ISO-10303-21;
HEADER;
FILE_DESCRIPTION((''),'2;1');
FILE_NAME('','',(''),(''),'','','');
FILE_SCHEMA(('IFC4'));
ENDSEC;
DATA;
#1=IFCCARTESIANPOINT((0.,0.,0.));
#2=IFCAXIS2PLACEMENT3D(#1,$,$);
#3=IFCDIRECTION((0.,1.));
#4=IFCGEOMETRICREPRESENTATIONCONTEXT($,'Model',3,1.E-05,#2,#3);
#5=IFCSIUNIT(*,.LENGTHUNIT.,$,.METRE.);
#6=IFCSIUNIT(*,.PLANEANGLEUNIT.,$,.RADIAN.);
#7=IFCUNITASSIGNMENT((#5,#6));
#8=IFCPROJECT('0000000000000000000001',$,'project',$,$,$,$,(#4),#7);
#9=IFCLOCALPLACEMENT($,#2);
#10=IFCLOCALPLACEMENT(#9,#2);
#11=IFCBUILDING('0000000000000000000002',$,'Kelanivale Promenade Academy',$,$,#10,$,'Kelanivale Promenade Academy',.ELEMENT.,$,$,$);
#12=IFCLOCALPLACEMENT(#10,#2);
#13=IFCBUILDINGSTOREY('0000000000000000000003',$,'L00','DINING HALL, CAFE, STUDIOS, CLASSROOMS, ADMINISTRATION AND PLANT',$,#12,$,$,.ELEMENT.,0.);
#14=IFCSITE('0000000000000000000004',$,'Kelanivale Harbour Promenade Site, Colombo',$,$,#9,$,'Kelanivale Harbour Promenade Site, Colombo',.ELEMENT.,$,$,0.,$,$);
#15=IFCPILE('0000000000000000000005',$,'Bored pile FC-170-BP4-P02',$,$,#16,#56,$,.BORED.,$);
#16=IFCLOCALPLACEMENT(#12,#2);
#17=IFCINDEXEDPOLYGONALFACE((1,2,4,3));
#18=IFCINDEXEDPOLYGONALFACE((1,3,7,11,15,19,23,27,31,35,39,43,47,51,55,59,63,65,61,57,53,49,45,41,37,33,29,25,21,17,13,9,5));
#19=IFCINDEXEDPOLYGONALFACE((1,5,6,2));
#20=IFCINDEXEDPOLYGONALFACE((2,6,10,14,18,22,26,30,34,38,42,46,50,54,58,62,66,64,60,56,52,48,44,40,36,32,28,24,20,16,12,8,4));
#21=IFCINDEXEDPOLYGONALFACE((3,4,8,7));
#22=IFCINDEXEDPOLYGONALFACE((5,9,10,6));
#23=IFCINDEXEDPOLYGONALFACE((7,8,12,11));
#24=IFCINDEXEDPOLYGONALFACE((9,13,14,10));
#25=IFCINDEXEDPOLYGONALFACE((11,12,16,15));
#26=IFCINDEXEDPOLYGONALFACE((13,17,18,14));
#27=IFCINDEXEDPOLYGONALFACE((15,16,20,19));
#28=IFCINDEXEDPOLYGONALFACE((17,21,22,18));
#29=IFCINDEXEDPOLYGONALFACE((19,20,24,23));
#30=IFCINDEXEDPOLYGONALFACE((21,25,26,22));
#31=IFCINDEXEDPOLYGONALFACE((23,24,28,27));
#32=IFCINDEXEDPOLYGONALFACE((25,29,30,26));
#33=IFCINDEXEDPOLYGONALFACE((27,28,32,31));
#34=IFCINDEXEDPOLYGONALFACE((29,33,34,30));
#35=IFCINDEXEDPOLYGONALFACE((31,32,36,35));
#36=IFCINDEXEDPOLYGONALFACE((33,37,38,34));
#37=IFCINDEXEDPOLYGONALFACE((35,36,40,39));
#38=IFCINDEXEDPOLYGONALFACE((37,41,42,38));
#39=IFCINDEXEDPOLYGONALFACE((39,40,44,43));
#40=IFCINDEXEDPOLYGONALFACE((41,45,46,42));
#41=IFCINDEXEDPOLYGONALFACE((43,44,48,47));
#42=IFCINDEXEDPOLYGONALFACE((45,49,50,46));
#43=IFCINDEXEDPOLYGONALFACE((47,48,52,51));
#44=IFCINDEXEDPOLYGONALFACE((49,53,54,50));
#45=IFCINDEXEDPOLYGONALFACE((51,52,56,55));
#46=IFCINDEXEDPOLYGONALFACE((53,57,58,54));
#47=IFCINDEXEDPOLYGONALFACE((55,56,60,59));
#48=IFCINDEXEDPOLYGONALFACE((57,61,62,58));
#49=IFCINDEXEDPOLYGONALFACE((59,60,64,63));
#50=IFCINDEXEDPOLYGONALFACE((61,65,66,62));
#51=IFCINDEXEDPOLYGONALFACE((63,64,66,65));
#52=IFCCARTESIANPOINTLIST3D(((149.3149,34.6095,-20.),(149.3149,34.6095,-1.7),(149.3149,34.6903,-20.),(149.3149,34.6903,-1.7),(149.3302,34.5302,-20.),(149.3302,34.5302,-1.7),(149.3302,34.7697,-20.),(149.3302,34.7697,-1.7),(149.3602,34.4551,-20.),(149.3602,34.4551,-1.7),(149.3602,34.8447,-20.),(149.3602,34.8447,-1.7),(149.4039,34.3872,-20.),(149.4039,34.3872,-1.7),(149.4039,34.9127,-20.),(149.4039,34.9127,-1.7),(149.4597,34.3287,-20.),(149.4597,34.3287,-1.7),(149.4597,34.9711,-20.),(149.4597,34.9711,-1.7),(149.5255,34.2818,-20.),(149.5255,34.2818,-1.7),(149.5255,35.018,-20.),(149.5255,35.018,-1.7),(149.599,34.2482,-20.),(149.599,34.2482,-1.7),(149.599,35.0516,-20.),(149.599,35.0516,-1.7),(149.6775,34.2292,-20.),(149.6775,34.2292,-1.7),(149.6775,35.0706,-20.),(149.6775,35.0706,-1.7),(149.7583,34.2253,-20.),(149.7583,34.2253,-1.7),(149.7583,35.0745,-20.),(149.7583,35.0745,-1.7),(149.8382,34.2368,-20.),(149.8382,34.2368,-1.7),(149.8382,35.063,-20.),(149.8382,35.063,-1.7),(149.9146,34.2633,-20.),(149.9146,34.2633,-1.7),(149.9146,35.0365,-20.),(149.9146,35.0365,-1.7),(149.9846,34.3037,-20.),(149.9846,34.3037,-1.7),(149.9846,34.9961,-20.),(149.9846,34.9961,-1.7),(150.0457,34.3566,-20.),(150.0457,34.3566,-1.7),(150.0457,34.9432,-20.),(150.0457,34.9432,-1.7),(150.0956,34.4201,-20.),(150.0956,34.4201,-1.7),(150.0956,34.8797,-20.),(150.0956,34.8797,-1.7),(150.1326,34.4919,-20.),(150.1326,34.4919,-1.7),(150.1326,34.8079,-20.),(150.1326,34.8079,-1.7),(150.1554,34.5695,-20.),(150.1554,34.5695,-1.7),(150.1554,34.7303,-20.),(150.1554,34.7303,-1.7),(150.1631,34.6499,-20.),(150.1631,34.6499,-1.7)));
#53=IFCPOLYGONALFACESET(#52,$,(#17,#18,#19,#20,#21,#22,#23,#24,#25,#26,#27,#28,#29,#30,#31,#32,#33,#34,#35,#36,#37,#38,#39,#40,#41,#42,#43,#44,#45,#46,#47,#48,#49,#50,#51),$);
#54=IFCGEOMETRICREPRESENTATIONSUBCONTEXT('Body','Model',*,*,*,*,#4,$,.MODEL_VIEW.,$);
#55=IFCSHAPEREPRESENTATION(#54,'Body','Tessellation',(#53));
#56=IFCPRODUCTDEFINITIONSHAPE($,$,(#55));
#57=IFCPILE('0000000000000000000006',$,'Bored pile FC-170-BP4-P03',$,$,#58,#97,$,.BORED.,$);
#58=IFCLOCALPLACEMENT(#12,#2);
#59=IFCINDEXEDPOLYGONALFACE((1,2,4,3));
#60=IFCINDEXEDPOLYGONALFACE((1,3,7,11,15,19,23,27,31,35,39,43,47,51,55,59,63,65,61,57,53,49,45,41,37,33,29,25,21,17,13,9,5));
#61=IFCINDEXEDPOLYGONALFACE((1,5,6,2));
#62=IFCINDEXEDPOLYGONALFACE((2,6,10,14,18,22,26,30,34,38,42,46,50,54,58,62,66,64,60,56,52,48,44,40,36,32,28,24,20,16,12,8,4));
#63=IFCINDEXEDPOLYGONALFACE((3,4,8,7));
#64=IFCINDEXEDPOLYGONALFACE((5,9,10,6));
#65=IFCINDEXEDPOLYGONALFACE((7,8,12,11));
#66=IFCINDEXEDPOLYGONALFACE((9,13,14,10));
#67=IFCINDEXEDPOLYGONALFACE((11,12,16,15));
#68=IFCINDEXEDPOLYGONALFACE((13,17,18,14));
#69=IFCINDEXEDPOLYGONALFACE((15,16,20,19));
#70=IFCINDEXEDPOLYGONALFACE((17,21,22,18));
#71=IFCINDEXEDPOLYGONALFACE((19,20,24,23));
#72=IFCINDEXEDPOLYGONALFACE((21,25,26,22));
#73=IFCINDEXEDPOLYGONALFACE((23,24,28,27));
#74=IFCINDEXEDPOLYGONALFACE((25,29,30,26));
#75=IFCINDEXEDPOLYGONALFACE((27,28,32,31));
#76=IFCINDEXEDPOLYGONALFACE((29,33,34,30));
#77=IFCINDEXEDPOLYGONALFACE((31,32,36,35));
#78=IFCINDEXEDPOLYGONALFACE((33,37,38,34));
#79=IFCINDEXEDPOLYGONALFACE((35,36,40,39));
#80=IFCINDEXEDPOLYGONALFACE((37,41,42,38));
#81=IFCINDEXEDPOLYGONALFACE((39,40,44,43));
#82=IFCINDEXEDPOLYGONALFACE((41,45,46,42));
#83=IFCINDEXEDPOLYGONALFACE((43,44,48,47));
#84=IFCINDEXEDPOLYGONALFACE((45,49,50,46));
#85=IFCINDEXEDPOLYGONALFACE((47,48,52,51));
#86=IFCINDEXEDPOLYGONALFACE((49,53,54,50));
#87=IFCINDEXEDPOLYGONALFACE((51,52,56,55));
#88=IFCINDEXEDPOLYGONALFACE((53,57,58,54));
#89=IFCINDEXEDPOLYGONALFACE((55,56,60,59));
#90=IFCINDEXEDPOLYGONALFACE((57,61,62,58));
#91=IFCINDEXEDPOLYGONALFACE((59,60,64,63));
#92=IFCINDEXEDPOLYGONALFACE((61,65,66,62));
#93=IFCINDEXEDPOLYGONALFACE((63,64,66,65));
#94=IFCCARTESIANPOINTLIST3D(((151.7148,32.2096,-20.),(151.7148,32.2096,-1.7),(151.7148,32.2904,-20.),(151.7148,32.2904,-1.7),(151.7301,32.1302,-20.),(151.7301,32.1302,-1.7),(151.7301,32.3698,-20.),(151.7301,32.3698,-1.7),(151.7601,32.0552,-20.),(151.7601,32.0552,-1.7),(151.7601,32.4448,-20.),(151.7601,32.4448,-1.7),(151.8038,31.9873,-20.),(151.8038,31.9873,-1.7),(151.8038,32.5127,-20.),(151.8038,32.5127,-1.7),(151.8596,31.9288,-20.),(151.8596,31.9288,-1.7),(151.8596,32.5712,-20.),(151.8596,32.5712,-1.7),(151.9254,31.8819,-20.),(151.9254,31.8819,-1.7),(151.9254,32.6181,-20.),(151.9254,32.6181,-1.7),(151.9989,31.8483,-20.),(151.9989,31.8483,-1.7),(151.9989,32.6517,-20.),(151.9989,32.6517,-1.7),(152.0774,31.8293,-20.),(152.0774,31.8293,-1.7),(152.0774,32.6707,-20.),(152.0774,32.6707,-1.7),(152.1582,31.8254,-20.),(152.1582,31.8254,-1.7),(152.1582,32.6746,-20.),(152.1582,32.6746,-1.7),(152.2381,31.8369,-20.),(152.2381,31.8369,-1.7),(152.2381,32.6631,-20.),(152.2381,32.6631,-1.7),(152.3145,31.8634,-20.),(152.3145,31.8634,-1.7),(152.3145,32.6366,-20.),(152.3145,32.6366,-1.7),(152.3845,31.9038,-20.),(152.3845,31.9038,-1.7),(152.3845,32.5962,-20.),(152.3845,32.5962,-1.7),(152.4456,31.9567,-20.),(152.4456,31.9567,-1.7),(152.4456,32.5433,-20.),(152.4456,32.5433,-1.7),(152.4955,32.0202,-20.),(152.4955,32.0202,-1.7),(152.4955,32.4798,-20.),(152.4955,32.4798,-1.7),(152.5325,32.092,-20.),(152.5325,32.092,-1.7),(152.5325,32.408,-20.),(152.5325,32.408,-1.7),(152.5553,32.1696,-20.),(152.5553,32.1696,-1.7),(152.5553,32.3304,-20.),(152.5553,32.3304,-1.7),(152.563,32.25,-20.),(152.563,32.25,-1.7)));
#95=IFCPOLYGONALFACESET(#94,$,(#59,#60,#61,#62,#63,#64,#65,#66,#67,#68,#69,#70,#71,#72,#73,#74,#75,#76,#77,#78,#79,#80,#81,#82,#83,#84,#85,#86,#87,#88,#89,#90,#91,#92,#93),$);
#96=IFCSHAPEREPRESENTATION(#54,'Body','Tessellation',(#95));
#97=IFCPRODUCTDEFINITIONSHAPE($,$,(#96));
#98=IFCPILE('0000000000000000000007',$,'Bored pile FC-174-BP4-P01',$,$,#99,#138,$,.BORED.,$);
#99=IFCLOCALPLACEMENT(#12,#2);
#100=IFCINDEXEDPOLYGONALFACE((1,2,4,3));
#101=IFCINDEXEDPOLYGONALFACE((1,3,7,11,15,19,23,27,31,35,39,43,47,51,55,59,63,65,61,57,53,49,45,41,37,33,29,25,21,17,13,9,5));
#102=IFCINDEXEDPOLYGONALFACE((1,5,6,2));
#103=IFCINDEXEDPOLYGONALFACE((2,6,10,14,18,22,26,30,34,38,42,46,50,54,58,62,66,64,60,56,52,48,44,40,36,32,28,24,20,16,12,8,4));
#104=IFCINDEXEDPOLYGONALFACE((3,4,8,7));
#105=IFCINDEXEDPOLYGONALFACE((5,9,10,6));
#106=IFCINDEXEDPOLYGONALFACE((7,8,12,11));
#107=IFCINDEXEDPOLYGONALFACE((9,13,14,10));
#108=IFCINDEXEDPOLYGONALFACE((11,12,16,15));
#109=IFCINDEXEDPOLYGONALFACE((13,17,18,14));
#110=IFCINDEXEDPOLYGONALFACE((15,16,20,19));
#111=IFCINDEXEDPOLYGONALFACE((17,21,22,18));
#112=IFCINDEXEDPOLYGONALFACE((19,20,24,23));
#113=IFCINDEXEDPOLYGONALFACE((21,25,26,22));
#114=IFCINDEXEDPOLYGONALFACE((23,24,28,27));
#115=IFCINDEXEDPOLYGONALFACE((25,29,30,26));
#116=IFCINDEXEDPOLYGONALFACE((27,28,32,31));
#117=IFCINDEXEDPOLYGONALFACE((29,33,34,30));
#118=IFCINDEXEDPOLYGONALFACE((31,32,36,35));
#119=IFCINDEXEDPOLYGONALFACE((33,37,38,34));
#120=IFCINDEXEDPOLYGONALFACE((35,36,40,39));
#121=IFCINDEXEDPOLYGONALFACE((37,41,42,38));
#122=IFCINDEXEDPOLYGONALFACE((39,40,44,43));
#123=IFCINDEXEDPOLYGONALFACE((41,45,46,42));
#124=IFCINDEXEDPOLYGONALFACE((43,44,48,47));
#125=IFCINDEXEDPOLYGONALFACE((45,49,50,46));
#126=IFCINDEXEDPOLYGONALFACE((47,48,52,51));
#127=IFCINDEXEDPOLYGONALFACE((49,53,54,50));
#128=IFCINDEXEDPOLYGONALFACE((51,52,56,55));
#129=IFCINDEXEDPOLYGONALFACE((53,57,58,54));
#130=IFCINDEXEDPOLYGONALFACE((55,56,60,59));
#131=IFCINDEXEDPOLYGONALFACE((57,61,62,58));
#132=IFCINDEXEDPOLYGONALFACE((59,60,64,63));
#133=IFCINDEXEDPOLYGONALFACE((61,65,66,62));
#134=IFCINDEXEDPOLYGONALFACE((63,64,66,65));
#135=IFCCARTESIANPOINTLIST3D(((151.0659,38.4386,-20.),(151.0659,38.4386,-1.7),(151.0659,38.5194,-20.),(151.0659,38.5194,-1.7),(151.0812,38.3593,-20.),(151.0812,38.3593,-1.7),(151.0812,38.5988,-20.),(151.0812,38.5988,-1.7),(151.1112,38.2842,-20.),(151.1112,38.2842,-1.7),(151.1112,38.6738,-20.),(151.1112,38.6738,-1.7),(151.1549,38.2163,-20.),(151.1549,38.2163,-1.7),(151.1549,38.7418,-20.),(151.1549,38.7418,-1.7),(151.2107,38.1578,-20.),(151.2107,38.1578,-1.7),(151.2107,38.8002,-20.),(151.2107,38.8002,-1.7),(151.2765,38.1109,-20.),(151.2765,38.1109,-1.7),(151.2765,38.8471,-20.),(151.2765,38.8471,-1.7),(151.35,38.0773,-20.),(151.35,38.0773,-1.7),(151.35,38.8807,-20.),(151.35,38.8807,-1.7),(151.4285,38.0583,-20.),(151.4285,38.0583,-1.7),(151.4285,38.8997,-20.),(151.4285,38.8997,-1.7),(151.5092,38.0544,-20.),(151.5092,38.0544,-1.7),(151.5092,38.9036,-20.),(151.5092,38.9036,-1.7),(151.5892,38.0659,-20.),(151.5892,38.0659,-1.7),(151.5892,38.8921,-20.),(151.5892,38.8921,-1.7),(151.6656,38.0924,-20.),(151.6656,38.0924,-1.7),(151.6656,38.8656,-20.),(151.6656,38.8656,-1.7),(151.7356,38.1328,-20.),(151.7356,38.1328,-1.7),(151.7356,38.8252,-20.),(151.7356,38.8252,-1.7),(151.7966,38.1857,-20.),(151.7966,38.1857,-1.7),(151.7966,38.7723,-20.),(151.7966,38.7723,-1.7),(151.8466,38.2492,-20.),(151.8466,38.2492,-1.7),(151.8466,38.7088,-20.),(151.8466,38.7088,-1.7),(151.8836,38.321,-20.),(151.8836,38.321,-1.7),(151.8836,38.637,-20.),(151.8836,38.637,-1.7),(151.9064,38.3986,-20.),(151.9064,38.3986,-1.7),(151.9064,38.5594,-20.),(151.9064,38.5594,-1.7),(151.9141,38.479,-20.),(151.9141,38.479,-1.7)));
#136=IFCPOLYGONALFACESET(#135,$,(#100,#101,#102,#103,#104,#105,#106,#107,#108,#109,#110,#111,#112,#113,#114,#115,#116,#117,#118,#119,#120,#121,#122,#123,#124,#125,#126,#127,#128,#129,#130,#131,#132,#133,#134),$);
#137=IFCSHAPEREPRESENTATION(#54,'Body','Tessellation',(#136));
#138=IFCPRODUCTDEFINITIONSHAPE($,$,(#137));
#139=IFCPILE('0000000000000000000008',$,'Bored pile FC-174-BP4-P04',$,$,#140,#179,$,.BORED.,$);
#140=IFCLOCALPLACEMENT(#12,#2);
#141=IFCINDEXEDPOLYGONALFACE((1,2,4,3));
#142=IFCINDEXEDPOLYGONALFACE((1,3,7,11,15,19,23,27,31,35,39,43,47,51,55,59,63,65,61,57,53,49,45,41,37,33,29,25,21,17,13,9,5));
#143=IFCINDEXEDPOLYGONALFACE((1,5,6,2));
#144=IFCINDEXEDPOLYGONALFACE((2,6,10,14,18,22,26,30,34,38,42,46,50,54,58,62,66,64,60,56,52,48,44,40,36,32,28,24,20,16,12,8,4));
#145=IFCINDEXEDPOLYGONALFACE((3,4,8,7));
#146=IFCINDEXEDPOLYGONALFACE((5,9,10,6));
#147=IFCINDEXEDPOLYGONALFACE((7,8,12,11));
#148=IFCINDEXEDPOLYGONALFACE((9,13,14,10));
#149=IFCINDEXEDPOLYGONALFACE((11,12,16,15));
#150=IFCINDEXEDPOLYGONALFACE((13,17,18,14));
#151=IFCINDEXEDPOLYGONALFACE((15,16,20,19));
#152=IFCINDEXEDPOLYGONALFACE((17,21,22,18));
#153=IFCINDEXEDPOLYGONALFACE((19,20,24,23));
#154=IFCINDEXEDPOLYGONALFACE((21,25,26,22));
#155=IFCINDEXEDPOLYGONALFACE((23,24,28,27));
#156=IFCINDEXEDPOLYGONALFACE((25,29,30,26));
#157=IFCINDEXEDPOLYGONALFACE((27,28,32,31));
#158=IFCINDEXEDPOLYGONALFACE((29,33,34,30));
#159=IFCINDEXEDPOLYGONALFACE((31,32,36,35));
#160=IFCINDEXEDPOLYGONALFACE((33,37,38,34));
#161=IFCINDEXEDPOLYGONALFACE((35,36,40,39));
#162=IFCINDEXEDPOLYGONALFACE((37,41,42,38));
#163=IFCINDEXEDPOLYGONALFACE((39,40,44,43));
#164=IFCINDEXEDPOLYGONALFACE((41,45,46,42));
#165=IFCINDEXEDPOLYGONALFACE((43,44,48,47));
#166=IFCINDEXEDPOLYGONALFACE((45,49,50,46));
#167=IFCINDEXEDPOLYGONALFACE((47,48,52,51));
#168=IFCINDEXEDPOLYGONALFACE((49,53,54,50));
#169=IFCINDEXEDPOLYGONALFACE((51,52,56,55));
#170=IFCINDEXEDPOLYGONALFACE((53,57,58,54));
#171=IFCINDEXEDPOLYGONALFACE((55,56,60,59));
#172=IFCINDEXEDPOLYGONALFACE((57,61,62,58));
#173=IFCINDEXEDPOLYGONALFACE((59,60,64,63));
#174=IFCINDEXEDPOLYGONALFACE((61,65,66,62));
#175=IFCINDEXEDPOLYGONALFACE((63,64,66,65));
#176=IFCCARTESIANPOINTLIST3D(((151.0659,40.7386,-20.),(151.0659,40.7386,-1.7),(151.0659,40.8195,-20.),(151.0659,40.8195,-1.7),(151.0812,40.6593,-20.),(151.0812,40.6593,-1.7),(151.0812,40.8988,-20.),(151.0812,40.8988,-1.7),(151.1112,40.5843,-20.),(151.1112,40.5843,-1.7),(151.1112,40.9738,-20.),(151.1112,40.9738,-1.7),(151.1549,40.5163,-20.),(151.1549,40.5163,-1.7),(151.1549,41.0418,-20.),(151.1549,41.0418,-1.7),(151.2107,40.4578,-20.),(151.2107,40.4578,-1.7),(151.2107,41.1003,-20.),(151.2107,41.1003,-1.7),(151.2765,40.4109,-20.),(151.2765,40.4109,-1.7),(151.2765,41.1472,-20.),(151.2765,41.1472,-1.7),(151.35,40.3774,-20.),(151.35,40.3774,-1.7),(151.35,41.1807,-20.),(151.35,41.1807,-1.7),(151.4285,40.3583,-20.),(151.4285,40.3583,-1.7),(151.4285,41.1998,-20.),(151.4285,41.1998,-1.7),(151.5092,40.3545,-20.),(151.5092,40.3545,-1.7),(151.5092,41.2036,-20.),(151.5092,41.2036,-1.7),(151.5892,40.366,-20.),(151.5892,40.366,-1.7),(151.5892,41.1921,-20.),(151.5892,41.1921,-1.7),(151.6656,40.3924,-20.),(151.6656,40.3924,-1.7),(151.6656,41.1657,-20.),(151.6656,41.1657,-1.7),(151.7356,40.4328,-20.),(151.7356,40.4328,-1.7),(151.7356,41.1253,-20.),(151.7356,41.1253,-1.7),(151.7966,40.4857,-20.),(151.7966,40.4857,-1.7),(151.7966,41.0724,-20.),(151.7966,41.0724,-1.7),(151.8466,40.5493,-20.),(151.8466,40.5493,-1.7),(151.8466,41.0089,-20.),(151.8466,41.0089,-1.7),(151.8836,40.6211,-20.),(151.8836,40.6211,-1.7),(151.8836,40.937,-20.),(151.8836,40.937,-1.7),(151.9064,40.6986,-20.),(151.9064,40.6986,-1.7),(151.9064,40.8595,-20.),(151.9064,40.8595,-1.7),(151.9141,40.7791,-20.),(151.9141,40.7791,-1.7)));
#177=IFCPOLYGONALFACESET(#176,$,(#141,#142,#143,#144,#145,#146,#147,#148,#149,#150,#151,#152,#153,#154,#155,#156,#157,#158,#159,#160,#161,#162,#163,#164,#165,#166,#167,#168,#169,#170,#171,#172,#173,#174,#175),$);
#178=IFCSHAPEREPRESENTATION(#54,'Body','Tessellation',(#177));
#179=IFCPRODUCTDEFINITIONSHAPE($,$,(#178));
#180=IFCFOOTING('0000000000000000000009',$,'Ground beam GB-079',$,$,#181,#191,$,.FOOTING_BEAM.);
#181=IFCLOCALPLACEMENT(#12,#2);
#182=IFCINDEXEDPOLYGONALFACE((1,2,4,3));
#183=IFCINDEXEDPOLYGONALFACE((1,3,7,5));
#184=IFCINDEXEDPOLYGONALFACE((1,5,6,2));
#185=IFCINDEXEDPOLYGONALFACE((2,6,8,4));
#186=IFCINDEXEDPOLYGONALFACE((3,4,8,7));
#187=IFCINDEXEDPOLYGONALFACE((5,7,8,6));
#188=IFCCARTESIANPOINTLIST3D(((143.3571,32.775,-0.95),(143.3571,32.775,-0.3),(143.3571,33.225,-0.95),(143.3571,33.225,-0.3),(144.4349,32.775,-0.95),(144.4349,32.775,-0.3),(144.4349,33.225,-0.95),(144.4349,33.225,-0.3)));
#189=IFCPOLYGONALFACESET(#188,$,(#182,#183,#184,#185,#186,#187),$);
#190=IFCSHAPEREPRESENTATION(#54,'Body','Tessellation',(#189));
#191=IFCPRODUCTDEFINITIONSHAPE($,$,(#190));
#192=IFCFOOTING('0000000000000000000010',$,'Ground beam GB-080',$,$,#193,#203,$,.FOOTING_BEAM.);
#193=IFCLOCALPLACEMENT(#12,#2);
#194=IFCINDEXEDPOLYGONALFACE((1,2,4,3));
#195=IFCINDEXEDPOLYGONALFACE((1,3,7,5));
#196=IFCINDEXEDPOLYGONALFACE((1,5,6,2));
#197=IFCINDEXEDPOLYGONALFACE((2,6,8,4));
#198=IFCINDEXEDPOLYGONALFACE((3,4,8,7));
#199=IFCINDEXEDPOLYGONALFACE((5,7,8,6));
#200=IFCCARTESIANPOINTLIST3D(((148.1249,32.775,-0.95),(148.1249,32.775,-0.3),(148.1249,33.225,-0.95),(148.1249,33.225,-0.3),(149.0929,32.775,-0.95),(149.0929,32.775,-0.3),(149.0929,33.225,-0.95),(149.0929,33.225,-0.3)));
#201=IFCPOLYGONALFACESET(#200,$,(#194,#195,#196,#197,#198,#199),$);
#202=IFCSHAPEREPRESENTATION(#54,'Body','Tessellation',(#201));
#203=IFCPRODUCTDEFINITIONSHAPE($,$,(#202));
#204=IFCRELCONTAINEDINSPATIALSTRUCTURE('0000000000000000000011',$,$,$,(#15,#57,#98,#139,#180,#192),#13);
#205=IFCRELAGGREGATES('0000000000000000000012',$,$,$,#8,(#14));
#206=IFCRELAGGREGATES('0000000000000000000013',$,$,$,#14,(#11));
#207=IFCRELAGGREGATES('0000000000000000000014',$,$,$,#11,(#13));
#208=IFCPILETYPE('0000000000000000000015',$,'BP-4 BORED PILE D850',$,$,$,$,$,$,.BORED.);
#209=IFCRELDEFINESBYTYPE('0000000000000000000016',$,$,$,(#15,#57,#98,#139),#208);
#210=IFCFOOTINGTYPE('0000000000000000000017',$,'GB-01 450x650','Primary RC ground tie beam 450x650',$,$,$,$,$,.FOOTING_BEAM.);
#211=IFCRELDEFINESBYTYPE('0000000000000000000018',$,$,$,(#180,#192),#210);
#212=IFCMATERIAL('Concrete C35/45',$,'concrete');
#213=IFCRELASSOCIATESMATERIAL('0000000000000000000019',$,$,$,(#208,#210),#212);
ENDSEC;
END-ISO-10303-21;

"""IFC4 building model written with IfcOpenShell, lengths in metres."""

from ifc_helpers import new_model, si_unit, direction, frame, origin, origin_2d, place, context, subcontext, project, spatial, rectangle, circle, extrude, material, material_profile, profile_set, type_object, element, save


model = new_model("IFC4")

# Units and contexts
model_context = context("Model", 3, precision=1e-05, world=origin(), true_north=direction((0.0, 1.0)))
body_context = subcontext(model_context, "Body", "Model", "MODEL_VIEW")
ifc_project = project(units=[si_unit("LENGTHUNIT", "METRE"), si_unit("PLANEANGLEUNIT", "RADIAN")], contexts=[model_context])

# Site, building, storey
site_placement = place(None, origin())
site = spatial("IfcSite", under=ifc_project, at=site_placement, Name="Kelanivale Harbour Promenade Site, Colombo", LongName="Kelanivale Harbour Promenade Site, Colombo", CompositionType="ELEMENT", RefElevation=0.0)
building_placement = place(site_placement, origin())
building = spatial("IfcBuilding", under=site, at=building_placement, Name="Kelanivale Promenade Academy", LongName="Kelanivale Promenade Academy", CompositionType="ELEMENT")
storey_placement = place(building_placement, origin())
storey = spatial("IfcBuildingStorey", under=building, at=storey_placement, Name="L00", Description="DINING HALL, CAFE, STUDIOS, CLASSROOMS, ADMINISTRATION AND PLANT", CompositionType="ELEMENT", Elevation=0.0)

# Piles
ifc_material_1 = material(Name="Concrete C35/45", Category="concrete")
ifc_material_profile_1 = material_profile(ifc_material_1, circle(Radius=0.425, at=origin_2d()), Name="BORED PILE D850")
ifc_profile_set_1 = profile_set([ifc_material_profile_1], Name="Concrete C35/45")
pile_type_1 = type_object("IfcPileType", Name="BP-4 BORED PILE D850", PredefinedType="BORED", material=ifc_profile_set_1)
for number, where, z_axis, x_axis, name in (
    (1, (149.738, 34.6499, -1.7), (0.0, 0.0, -1.0), (1.0, 0.0, 0.0), "Bored pile FC-170-BP4-P02"),
    (2, (152.1379, 32.25, -1.7), (0.0, 0.0, -1.0), (1.0, 0.0, 0.0), "Bored pile FC-170-BP4-P03"),
    (3, (151.489, 38.479, -1.7), (0.0, 0.0, -1.0), (1.0, 0.0, 0.0), "Bored pile FC-174-BP4-P01"),
    (4, (151.489, 40.7791, -1.7), (0.0, 0.0, -1.0), (1.0, 0.0, 0.0), "Bored pile FC-174-BP4-P04"),
):
    element("IfcPile", number, at=place(storey_placement, frame(where, z_axis=z_axis, x_axis=x_axis)), inside=storey, type_object=pile_type_1, Name=name, PredefinedType="BORED", context=body_context, shape_type="SweptSolid", body=[
        extrude(circle(Radius=0.425, at=origin_2d()), origin(), (0.0, 0.0, 1.0), 18.3),
    ])

# Footings
footing_type_1 = type_object("IfcFootingType", Name="GB-01 450x650", Description="Primary RC ground tie beam 450x650", PredefinedType="FOOTING_BEAM", material=ifc_material_1)
footing_1_placement = place(storey_placement, frame((143.896, 33.0, -0.95), z_axis=(0.0, 0.0, 1.0), x_axis=(1.0, 0.0, 0.0)))
element("IfcFooting", 5, at=footing_1_placement, inside=storey, type_object=footing_type_1, Name="Ground beam GB-079", PredefinedType="FOOTING_BEAM", context=body_context, shape_type="SweptSolid", body=[
    extrude(rectangle(XDim=1.0779, YDim=0.45, at=origin_2d()), origin(), (0.0, 0.0, 1.0), 0.6499),
])
footing_2_placement = place(storey_placement, frame((148.6089, 33.0, -0.95), z_axis=(0.0, 0.0, 1.0), x_axis=(1.0, 0.0, 0.0)))
element("IfcFooting", 6, at=footing_2_placement, inside=storey, type_object=footing_type_1, Name="Ground beam GB-080", PredefinedType="FOOTING_BEAM", context=body_context, shape_type="SweptSolid", body=[
    extrude(rectangle(XDim=0.968, YDim=0.45, at=origin_2d()), origin(), (0.0, 0.0, 1.0), 0.6499),
])

save(model, "model.ifc")
